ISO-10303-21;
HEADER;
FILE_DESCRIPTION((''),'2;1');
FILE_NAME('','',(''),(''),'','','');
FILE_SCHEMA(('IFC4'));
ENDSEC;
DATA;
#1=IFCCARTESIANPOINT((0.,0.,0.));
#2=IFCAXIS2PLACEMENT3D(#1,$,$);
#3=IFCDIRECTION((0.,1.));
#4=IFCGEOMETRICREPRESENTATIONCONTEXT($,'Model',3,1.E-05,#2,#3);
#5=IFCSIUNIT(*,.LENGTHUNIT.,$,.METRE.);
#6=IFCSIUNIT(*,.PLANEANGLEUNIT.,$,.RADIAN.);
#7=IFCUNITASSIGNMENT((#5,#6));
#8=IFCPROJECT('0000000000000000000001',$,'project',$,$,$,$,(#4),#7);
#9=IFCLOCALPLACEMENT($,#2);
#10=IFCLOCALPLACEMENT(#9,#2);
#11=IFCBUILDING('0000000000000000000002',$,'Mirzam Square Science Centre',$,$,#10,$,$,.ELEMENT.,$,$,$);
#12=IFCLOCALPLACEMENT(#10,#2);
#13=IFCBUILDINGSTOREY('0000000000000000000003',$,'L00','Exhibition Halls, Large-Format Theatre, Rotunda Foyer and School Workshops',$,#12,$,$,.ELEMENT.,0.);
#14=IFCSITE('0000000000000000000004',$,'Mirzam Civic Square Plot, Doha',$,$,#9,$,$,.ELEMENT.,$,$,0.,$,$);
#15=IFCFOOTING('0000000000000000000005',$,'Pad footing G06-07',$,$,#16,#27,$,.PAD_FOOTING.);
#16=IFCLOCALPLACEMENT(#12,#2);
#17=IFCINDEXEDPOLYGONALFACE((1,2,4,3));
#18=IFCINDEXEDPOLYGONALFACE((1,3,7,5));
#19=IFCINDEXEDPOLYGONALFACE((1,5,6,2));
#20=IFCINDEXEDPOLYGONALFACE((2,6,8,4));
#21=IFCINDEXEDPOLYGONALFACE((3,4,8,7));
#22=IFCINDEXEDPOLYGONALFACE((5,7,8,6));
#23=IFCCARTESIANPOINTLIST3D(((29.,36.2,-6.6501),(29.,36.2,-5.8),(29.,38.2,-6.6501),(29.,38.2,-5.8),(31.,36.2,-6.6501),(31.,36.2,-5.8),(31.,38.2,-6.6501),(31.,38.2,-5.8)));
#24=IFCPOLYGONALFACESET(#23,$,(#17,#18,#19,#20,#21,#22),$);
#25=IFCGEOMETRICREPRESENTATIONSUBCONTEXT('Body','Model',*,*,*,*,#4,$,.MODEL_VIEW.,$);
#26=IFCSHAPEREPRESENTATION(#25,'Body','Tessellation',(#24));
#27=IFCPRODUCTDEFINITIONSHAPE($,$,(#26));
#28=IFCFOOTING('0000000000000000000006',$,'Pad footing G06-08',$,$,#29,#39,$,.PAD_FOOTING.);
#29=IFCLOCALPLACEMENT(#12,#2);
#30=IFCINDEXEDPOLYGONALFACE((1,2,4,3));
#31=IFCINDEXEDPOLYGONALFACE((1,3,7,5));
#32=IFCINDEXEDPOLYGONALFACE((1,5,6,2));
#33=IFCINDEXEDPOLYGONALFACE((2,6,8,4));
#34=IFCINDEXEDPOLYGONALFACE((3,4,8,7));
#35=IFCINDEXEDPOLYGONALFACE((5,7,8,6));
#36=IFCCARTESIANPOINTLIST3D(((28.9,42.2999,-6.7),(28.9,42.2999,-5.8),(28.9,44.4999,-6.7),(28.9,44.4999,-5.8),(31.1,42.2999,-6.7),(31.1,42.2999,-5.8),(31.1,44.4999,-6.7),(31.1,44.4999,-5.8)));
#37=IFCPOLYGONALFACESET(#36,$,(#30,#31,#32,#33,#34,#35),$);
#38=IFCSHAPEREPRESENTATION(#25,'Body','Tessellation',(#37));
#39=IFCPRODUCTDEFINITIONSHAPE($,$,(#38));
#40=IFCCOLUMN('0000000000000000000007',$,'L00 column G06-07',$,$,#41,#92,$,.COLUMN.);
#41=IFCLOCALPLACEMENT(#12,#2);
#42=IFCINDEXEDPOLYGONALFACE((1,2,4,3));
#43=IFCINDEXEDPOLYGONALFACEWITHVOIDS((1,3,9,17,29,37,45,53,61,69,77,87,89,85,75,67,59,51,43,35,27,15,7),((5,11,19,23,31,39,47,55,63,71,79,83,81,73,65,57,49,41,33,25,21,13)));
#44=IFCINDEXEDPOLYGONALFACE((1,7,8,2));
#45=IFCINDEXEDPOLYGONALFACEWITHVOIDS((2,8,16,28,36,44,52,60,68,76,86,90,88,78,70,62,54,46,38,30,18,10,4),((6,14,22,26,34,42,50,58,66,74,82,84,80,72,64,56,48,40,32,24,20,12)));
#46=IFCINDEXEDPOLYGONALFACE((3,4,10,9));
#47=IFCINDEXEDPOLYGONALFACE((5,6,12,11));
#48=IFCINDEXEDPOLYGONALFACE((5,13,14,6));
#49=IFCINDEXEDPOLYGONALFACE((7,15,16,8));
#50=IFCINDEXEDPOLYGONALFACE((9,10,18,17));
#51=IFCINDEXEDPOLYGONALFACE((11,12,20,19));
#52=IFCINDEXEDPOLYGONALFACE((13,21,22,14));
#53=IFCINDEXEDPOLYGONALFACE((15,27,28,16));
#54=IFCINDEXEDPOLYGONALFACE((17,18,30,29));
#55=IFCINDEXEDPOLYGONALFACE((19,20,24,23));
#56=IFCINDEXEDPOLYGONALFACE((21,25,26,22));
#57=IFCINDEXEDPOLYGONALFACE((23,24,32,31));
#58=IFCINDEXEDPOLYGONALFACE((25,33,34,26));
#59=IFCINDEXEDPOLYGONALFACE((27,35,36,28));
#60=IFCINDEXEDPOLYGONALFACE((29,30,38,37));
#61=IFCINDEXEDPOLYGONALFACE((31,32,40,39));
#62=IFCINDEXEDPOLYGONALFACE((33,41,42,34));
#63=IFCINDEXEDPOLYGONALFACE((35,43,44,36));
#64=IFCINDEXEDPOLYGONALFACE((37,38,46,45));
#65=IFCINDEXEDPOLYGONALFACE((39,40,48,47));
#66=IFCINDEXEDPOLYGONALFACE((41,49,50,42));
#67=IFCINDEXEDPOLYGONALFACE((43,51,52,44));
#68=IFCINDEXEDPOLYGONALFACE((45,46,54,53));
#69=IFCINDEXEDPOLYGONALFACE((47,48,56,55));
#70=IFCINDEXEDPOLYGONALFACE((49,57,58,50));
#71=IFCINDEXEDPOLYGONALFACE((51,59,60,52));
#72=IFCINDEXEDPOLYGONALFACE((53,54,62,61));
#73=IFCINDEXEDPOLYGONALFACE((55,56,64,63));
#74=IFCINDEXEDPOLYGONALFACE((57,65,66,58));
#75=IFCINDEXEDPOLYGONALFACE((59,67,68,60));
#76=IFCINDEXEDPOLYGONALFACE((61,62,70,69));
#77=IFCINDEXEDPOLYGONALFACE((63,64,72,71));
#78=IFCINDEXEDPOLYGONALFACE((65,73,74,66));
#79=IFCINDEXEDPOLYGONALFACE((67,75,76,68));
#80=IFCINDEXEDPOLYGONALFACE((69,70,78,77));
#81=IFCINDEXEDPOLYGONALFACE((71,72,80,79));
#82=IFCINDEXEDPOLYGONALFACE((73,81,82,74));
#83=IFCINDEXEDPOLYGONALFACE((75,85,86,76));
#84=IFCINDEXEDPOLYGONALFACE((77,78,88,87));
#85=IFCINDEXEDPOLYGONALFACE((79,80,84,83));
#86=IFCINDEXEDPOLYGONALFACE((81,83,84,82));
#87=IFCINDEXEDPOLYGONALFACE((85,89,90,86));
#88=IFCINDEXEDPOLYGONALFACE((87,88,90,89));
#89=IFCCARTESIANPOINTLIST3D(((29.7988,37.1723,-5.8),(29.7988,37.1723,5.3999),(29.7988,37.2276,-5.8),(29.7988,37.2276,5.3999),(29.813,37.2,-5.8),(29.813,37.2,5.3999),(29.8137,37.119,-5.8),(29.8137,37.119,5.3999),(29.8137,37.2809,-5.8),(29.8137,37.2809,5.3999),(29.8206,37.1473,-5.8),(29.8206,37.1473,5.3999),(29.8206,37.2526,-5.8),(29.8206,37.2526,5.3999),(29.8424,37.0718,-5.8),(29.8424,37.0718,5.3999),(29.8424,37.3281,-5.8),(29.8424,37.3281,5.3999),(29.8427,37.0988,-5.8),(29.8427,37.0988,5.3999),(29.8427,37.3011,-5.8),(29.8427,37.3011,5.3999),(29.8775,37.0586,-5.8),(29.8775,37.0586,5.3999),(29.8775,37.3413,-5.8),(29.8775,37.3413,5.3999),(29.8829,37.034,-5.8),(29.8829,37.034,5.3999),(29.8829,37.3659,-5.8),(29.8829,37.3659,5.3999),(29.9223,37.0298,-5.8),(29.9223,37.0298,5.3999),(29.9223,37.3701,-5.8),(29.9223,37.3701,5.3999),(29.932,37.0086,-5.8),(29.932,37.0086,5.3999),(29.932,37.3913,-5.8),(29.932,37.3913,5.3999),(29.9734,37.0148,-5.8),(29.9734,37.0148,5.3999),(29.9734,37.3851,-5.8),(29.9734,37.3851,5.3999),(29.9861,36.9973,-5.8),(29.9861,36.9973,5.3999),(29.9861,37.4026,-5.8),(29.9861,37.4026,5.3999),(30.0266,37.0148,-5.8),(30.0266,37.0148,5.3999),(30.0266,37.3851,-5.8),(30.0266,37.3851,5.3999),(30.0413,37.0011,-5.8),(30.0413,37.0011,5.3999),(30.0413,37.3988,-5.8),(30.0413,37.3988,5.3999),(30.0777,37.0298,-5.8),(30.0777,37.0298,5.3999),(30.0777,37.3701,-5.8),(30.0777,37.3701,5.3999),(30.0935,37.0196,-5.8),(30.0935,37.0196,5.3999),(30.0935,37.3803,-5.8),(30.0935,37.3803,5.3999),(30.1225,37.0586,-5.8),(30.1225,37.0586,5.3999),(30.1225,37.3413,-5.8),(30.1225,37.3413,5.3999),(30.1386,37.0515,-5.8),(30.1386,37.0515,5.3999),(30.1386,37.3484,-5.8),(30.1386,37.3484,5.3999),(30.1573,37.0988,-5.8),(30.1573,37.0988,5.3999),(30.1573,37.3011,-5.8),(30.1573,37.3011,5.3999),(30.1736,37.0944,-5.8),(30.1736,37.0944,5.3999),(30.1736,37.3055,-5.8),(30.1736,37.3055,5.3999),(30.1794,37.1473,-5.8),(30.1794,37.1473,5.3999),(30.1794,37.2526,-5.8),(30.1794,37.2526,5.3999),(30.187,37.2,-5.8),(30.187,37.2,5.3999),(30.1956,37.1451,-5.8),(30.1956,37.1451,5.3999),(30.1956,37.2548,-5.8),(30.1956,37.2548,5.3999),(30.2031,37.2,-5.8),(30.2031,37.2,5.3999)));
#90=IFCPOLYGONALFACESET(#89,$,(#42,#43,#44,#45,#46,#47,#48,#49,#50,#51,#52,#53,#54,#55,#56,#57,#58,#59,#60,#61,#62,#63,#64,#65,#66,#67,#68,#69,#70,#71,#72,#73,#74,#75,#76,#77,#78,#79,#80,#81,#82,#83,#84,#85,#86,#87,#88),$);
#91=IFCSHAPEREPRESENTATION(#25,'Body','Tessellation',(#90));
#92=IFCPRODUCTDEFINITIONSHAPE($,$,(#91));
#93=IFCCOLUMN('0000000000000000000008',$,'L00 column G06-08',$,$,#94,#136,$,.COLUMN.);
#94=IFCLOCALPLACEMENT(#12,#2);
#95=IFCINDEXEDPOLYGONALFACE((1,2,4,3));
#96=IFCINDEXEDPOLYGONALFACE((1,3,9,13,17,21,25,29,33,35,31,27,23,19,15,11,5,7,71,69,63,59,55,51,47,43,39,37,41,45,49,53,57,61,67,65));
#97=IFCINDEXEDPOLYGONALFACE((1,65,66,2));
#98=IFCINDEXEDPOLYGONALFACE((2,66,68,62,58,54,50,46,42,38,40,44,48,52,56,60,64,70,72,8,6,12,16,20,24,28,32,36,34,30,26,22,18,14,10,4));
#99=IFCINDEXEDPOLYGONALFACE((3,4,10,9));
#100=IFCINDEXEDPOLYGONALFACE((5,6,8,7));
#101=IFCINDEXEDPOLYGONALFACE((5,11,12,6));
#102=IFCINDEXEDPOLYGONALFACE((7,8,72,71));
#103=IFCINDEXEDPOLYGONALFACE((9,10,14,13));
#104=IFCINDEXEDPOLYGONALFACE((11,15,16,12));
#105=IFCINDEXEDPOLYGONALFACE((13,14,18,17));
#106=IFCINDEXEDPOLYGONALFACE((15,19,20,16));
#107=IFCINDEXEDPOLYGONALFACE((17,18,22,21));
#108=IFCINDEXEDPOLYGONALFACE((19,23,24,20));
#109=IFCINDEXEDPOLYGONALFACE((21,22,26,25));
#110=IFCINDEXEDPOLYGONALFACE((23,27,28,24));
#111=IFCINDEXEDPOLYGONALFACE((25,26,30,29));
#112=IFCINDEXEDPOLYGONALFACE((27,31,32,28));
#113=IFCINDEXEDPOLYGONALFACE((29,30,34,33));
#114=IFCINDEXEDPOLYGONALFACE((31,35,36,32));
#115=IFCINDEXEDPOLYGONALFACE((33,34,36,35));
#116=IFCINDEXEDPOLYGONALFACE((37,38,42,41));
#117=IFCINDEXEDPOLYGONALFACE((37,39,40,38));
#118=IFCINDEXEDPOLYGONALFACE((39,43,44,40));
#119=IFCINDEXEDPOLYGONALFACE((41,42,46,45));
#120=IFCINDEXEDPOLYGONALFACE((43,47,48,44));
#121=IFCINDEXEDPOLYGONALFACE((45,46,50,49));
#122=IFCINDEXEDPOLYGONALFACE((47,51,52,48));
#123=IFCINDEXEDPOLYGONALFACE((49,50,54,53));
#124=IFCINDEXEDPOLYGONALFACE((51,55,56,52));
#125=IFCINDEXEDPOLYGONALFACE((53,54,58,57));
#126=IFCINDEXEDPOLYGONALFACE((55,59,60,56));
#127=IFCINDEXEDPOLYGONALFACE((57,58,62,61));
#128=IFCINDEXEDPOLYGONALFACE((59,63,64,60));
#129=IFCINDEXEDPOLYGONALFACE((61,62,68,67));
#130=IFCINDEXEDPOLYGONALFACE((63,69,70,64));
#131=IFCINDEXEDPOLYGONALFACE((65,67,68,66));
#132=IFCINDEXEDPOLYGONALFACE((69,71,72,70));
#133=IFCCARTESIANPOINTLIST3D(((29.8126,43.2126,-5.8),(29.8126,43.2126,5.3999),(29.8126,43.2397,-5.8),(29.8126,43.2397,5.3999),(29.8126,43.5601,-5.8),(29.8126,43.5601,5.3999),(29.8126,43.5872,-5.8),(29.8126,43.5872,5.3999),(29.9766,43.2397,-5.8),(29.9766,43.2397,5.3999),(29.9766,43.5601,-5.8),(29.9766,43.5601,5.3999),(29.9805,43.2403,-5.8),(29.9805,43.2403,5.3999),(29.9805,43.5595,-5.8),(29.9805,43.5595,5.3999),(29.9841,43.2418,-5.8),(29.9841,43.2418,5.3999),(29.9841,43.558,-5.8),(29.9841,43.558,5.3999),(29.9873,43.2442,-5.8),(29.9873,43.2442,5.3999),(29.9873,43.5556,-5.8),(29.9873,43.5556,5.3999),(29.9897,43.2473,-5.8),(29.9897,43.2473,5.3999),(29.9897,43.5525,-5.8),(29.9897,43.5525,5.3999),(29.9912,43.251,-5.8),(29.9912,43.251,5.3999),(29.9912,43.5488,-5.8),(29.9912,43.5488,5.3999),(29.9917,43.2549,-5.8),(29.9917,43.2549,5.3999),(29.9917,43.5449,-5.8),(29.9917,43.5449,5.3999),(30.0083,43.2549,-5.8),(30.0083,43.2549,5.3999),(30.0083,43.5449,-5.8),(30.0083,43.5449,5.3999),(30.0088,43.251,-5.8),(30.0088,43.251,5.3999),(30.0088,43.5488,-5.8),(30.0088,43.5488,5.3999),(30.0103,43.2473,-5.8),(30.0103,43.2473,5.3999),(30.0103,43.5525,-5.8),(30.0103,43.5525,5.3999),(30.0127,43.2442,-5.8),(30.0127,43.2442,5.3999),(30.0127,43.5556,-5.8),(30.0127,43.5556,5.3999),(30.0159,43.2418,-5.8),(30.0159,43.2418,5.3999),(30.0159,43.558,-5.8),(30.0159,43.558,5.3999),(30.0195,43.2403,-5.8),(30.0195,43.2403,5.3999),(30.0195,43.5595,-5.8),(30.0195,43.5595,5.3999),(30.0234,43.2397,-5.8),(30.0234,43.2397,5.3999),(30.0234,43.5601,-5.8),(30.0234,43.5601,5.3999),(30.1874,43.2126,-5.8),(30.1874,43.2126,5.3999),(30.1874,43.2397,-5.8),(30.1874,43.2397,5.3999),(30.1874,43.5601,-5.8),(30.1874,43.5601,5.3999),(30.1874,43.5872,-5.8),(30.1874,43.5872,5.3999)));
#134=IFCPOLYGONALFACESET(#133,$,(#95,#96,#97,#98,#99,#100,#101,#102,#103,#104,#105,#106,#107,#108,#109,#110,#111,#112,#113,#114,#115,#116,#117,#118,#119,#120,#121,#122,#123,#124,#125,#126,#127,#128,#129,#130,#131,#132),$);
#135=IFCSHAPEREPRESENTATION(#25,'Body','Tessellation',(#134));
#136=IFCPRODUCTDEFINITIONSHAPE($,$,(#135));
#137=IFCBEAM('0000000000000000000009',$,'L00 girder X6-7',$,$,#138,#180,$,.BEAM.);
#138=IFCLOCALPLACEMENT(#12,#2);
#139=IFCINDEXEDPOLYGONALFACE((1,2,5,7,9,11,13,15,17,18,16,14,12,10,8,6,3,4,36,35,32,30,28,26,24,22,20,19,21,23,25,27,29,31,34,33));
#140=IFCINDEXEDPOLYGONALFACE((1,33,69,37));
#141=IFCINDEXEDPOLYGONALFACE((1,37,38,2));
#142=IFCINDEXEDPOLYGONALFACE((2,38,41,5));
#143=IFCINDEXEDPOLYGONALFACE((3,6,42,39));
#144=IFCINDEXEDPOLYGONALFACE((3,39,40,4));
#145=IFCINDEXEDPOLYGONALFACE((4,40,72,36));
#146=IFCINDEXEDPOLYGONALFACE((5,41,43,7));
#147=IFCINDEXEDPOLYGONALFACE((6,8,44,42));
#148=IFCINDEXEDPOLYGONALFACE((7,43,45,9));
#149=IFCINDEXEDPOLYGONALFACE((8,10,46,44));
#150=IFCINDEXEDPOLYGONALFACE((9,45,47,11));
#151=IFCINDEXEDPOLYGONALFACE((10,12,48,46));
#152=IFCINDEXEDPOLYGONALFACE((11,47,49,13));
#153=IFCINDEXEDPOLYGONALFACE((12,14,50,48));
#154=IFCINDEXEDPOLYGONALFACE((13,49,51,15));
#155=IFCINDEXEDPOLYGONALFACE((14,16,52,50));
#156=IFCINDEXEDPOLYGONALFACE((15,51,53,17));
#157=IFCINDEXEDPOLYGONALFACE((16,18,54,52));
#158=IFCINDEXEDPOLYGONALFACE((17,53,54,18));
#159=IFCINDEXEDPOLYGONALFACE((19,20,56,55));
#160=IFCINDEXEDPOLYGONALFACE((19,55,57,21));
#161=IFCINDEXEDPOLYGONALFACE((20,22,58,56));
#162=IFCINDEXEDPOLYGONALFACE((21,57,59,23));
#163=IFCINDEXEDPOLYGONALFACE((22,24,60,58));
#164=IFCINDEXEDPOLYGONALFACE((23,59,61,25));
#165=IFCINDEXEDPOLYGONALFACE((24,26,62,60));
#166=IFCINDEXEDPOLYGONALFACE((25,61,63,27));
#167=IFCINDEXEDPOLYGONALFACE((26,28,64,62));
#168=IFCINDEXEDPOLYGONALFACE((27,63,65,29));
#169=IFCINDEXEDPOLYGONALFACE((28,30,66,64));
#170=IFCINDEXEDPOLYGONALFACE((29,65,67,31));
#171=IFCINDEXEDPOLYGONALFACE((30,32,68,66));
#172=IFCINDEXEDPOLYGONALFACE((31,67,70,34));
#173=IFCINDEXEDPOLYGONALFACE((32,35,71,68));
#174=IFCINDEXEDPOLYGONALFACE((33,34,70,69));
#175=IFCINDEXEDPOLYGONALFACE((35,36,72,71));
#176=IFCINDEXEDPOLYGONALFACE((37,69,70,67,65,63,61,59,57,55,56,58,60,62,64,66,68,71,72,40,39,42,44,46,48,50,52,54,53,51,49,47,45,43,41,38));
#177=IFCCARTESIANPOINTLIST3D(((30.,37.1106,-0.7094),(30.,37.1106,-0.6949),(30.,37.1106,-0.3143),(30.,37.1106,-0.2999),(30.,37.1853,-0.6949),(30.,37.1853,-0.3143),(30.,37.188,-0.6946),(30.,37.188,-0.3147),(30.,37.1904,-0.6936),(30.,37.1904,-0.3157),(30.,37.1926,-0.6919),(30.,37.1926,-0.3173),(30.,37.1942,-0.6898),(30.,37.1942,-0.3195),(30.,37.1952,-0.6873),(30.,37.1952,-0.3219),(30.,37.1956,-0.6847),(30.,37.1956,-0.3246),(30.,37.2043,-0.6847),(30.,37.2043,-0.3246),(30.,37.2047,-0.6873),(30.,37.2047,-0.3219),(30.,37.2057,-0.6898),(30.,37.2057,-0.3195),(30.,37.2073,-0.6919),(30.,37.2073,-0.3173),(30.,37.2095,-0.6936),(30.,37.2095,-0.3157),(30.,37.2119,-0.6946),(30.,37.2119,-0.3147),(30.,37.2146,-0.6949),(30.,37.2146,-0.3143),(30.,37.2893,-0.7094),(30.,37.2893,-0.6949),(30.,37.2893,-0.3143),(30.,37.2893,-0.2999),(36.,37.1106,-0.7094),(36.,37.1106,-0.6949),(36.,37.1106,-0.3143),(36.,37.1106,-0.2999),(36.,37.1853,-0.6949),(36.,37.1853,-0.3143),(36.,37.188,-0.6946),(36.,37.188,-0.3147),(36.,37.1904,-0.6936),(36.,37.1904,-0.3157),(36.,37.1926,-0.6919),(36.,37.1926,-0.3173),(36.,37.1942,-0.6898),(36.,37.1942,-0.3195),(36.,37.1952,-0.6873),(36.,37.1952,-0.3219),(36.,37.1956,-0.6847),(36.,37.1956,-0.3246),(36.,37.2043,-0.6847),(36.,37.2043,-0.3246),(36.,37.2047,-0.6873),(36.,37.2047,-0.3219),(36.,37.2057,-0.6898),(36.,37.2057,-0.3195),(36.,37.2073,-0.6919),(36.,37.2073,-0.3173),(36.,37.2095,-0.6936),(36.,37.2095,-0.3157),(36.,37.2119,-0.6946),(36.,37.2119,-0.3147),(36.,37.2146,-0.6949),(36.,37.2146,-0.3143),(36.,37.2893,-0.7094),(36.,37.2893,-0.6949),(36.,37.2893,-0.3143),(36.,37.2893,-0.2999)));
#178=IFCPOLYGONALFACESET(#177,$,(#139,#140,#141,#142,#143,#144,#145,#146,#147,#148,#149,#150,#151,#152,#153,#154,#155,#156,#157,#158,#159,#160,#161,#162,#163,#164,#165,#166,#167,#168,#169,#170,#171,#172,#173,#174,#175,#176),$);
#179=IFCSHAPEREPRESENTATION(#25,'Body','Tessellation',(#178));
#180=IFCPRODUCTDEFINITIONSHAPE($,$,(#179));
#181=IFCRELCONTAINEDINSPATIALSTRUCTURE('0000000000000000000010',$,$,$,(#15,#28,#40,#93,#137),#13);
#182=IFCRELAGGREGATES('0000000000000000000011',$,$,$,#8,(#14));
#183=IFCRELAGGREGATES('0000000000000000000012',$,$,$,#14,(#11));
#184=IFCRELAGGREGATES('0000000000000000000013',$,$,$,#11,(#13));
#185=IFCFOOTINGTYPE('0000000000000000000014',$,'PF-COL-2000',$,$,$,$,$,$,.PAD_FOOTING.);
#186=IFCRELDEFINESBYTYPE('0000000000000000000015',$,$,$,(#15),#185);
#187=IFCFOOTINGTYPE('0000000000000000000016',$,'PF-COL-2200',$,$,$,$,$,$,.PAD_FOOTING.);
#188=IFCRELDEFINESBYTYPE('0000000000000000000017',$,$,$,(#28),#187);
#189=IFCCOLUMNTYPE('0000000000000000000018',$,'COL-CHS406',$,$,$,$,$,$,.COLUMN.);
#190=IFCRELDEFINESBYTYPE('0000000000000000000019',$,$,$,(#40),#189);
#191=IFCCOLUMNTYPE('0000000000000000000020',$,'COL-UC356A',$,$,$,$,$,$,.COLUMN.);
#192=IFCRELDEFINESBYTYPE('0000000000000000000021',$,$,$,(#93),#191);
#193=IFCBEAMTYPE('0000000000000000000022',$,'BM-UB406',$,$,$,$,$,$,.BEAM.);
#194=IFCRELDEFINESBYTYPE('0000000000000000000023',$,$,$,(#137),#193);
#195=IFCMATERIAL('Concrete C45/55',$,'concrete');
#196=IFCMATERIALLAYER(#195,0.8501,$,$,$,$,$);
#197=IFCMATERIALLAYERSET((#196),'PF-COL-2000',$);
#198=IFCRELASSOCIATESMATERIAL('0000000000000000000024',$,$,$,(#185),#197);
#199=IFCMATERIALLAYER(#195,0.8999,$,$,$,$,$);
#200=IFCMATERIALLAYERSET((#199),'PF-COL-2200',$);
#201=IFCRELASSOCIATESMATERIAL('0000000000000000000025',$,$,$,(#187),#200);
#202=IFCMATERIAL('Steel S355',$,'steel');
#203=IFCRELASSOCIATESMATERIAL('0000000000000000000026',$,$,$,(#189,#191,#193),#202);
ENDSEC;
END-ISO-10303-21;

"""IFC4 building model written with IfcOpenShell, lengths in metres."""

from ifc_helpers import new_model, si_unit, direction, frame, origin, origin_2d, place, context, subcontext, project, spatial, rectangle, hollow_circle, i_section, extrude, material, layer, layer_set, material_profile, profile_set, type_object, element, save


model = new_model("IFC4")

# Units and contexts
model_context = context("Model", 3, precision=1e-05, world=origin(), true_north=direction((0.0, 1.0)))
body_context = subcontext(model_context, "Body", "Model", "MODEL_VIEW")
ifc_project = project(units=[si_unit("LENGTHUNIT", "METRE"), si_unit("PLANEANGLEUNIT", "RADIAN")], contexts=[model_context])

# Site, building, storey
site_placement = place(None, origin())
site = spatial("IfcSite", under=ifc_project, at=site_placement, Name="Mirzam Civic Square Plot, Doha", CompositionType="ELEMENT", RefElevation=0.0)
building_placement = place(site_placement, origin())
building = spatial("IfcBuilding", under=site, at=building_placement, Name="Mirzam Square Science Centre", CompositionType="ELEMENT")
storey_placement = place(building_placement, origin())
storey = spatial("IfcBuildingStorey", under=building, at=storey_placement, Name="L00", Description="Exhibition Halls, Large-Format Theatre, Rotunda Foyer and School Workshops", CompositionType="ELEMENT", Elevation=0.0)

# Footings
ifc_material_1 = material(Name="Concrete C45/55", Category="concrete")
ifc_layer_1 = layer(ifc_material_1, 0.8501)
ifc_layer_set_1 = layer_set([ifc_layer_1], Name="PF-COL-2000")
footing_type_1 = type_object("IfcFootingType", Name="PF-COL-2000", PredefinedType="PAD_FOOTING", material=ifc_layer_set_1)
footing_1_placement = place(storey_placement, frame((30.0, 37.2, -6.6501), z_axis=(0.0, 0.0, 1.0), x_axis=(1.0, 0.0, 0.0)))
element("IfcFooting", 1, at=footing_1_placement, inside=storey, type_object=footing_type_1, Name="Pad footing G06-07", PredefinedType="PAD_FOOTING", context=body_context, shape_type="SweptSolid", body=[
    extrude(rectangle(XDim=2.0, YDim=2.0, at=origin_2d()), origin(), (0.0, 0.0, 1.0), 0.8501),
])
ifc_layer_2 = layer(ifc_material_1, 0.8999)
ifc_layer_set_2 = layer_set([ifc_layer_2], Name="PF-COL-2200")
footing_type_2 = type_object("IfcFootingType", Name="PF-COL-2200", PredefinedType="PAD_FOOTING", material=ifc_layer_set_2)
footing_2_placement = place(storey_placement, frame((30.0, 43.3999, -6.7), z_axis=(0.0, 0.0, 1.0), x_axis=(1.0, 0.0, 0.0)))
element("IfcFooting", 2, at=footing_2_placement, inside=storey, type_object=footing_type_2, Name="Pad footing G06-08", PredefinedType="PAD_FOOTING", context=body_context, shape_type="SweptSolid", body=[
    extrude(rectangle(XDim=2.2, YDim=2.2, at=origin_2d()), origin(), (0.0, 0.0, 1.0), 0.8999),
])

# Columns
ifc_material_2 = material(Name="Steel S355", Category="steel")
ifc_material_profile_1 = material_profile(ifc_material_2, hollow_circle(Radius=0.2031, WallThickness=0.0161, at=origin_2d()), Name="406.4x16.0CHS")
ifc_profile_set_1 = profile_set([ifc_material_profile_1], Name="Steel S355")
column_type_1 = type_object("IfcColumnType", Name="COL-CHS406", PredefinedType="COLUMN", material=ifc_profile_set_1)
column_1_placement = place(storey_placement, frame((30.0, 37.2, -5.8), z_axis=(0.0, 0.0, 1.0), x_axis=(1.0, 0.0, 0.0)))
element("IfcColumn", 3, at=column_1_placement, inside=storey, type_object=column_type_1, Name="L00 column G06-07", PredefinedType="COLUMN", context=body_context, shape_type="SweptSolid", body=[
    extrude(hollow_circle(Radius=0.2031, WallThickness=0.0161, at=origin_2d()), origin(), (0.0, 0.0, 1.0), 11.2),
])
ifc_material_profile_2 = material_profile(ifc_material_2, i_section(OverallWidth=0.3748, OverallDepth=0.3745, WebThickness=0.0166, FlangeThickness=0.0271, FilletRadius=0.0151, at=origin_2d()), Name="356x368x202UC")
ifc_profile_set_2 = profile_set([ifc_material_profile_2], Name="Steel S355")
column_type_2 = type_object("IfcColumnType", Name="COL-UC356A", PredefinedType="COLUMN", material=ifc_profile_set_2)
column_2_placement = place(storey_placement, frame((30.0, 43.3999, -5.8), z_axis=(0.0, 0.0, 1.0), x_axis=(1.0, 0.0, 0.0)))
element("IfcColumn", 4, at=column_2_placement, inside=storey, type_object=column_type_2, Name="L00 column G06-08", PredefinedType="COLUMN", context=body_context, shape_type="SweptSolid", body=[
    extrude(i_section(OverallWidth=0.3748, OverallDepth=0.3745, WebThickness=0.0166, FlangeThickness=0.0271, FilletRadius=0.0151, at=origin_2d()), origin(), (0.0, 0.0, 1.0), 11.2),
])

# Beam
ifc_material_profile_3 = material_profile(ifc_material_2, i_section(OverallWidth=0.1787, OverallDepth=0.4094, WebThickness=0.0088, FlangeThickness=0.0144, FilletRadius=0.0103, at=origin_2d()), Name="406x178x67UB")
ifc_profile_set_3 = profile_set([ifc_material_profile_3], Name="Steel S355")
beam_type_1 = type_object("IfcBeamType", Name="BM-UB406", PredefinedType="BEAM", material=ifc_profile_set_3)
beam_1_placement = place(storey_placement, frame((30.0, 37.2, -0.5046), z_axis=(1.0, 0.0, 0.0), x_axis=(0.0, 1.0, 0.0)))
element("IfcBeam", 5, at=beam_1_placement, inside=storey, type_object=beam_type_1, Name="L00 girder X6-7", PredefinedType="BEAM", context=body_context, shape_type="SweptSolid", body=[
    extrude(i_section(OverallWidth=0.1787, OverallDepth=0.4094, WebThickness=0.0088, FlangeThickness=0.0144, FilletRadius=0.0103, at=origin_2d()), origin(), (0.0, 0.0, 1.0), 6.0),
])

save(model, "model.ifc")
